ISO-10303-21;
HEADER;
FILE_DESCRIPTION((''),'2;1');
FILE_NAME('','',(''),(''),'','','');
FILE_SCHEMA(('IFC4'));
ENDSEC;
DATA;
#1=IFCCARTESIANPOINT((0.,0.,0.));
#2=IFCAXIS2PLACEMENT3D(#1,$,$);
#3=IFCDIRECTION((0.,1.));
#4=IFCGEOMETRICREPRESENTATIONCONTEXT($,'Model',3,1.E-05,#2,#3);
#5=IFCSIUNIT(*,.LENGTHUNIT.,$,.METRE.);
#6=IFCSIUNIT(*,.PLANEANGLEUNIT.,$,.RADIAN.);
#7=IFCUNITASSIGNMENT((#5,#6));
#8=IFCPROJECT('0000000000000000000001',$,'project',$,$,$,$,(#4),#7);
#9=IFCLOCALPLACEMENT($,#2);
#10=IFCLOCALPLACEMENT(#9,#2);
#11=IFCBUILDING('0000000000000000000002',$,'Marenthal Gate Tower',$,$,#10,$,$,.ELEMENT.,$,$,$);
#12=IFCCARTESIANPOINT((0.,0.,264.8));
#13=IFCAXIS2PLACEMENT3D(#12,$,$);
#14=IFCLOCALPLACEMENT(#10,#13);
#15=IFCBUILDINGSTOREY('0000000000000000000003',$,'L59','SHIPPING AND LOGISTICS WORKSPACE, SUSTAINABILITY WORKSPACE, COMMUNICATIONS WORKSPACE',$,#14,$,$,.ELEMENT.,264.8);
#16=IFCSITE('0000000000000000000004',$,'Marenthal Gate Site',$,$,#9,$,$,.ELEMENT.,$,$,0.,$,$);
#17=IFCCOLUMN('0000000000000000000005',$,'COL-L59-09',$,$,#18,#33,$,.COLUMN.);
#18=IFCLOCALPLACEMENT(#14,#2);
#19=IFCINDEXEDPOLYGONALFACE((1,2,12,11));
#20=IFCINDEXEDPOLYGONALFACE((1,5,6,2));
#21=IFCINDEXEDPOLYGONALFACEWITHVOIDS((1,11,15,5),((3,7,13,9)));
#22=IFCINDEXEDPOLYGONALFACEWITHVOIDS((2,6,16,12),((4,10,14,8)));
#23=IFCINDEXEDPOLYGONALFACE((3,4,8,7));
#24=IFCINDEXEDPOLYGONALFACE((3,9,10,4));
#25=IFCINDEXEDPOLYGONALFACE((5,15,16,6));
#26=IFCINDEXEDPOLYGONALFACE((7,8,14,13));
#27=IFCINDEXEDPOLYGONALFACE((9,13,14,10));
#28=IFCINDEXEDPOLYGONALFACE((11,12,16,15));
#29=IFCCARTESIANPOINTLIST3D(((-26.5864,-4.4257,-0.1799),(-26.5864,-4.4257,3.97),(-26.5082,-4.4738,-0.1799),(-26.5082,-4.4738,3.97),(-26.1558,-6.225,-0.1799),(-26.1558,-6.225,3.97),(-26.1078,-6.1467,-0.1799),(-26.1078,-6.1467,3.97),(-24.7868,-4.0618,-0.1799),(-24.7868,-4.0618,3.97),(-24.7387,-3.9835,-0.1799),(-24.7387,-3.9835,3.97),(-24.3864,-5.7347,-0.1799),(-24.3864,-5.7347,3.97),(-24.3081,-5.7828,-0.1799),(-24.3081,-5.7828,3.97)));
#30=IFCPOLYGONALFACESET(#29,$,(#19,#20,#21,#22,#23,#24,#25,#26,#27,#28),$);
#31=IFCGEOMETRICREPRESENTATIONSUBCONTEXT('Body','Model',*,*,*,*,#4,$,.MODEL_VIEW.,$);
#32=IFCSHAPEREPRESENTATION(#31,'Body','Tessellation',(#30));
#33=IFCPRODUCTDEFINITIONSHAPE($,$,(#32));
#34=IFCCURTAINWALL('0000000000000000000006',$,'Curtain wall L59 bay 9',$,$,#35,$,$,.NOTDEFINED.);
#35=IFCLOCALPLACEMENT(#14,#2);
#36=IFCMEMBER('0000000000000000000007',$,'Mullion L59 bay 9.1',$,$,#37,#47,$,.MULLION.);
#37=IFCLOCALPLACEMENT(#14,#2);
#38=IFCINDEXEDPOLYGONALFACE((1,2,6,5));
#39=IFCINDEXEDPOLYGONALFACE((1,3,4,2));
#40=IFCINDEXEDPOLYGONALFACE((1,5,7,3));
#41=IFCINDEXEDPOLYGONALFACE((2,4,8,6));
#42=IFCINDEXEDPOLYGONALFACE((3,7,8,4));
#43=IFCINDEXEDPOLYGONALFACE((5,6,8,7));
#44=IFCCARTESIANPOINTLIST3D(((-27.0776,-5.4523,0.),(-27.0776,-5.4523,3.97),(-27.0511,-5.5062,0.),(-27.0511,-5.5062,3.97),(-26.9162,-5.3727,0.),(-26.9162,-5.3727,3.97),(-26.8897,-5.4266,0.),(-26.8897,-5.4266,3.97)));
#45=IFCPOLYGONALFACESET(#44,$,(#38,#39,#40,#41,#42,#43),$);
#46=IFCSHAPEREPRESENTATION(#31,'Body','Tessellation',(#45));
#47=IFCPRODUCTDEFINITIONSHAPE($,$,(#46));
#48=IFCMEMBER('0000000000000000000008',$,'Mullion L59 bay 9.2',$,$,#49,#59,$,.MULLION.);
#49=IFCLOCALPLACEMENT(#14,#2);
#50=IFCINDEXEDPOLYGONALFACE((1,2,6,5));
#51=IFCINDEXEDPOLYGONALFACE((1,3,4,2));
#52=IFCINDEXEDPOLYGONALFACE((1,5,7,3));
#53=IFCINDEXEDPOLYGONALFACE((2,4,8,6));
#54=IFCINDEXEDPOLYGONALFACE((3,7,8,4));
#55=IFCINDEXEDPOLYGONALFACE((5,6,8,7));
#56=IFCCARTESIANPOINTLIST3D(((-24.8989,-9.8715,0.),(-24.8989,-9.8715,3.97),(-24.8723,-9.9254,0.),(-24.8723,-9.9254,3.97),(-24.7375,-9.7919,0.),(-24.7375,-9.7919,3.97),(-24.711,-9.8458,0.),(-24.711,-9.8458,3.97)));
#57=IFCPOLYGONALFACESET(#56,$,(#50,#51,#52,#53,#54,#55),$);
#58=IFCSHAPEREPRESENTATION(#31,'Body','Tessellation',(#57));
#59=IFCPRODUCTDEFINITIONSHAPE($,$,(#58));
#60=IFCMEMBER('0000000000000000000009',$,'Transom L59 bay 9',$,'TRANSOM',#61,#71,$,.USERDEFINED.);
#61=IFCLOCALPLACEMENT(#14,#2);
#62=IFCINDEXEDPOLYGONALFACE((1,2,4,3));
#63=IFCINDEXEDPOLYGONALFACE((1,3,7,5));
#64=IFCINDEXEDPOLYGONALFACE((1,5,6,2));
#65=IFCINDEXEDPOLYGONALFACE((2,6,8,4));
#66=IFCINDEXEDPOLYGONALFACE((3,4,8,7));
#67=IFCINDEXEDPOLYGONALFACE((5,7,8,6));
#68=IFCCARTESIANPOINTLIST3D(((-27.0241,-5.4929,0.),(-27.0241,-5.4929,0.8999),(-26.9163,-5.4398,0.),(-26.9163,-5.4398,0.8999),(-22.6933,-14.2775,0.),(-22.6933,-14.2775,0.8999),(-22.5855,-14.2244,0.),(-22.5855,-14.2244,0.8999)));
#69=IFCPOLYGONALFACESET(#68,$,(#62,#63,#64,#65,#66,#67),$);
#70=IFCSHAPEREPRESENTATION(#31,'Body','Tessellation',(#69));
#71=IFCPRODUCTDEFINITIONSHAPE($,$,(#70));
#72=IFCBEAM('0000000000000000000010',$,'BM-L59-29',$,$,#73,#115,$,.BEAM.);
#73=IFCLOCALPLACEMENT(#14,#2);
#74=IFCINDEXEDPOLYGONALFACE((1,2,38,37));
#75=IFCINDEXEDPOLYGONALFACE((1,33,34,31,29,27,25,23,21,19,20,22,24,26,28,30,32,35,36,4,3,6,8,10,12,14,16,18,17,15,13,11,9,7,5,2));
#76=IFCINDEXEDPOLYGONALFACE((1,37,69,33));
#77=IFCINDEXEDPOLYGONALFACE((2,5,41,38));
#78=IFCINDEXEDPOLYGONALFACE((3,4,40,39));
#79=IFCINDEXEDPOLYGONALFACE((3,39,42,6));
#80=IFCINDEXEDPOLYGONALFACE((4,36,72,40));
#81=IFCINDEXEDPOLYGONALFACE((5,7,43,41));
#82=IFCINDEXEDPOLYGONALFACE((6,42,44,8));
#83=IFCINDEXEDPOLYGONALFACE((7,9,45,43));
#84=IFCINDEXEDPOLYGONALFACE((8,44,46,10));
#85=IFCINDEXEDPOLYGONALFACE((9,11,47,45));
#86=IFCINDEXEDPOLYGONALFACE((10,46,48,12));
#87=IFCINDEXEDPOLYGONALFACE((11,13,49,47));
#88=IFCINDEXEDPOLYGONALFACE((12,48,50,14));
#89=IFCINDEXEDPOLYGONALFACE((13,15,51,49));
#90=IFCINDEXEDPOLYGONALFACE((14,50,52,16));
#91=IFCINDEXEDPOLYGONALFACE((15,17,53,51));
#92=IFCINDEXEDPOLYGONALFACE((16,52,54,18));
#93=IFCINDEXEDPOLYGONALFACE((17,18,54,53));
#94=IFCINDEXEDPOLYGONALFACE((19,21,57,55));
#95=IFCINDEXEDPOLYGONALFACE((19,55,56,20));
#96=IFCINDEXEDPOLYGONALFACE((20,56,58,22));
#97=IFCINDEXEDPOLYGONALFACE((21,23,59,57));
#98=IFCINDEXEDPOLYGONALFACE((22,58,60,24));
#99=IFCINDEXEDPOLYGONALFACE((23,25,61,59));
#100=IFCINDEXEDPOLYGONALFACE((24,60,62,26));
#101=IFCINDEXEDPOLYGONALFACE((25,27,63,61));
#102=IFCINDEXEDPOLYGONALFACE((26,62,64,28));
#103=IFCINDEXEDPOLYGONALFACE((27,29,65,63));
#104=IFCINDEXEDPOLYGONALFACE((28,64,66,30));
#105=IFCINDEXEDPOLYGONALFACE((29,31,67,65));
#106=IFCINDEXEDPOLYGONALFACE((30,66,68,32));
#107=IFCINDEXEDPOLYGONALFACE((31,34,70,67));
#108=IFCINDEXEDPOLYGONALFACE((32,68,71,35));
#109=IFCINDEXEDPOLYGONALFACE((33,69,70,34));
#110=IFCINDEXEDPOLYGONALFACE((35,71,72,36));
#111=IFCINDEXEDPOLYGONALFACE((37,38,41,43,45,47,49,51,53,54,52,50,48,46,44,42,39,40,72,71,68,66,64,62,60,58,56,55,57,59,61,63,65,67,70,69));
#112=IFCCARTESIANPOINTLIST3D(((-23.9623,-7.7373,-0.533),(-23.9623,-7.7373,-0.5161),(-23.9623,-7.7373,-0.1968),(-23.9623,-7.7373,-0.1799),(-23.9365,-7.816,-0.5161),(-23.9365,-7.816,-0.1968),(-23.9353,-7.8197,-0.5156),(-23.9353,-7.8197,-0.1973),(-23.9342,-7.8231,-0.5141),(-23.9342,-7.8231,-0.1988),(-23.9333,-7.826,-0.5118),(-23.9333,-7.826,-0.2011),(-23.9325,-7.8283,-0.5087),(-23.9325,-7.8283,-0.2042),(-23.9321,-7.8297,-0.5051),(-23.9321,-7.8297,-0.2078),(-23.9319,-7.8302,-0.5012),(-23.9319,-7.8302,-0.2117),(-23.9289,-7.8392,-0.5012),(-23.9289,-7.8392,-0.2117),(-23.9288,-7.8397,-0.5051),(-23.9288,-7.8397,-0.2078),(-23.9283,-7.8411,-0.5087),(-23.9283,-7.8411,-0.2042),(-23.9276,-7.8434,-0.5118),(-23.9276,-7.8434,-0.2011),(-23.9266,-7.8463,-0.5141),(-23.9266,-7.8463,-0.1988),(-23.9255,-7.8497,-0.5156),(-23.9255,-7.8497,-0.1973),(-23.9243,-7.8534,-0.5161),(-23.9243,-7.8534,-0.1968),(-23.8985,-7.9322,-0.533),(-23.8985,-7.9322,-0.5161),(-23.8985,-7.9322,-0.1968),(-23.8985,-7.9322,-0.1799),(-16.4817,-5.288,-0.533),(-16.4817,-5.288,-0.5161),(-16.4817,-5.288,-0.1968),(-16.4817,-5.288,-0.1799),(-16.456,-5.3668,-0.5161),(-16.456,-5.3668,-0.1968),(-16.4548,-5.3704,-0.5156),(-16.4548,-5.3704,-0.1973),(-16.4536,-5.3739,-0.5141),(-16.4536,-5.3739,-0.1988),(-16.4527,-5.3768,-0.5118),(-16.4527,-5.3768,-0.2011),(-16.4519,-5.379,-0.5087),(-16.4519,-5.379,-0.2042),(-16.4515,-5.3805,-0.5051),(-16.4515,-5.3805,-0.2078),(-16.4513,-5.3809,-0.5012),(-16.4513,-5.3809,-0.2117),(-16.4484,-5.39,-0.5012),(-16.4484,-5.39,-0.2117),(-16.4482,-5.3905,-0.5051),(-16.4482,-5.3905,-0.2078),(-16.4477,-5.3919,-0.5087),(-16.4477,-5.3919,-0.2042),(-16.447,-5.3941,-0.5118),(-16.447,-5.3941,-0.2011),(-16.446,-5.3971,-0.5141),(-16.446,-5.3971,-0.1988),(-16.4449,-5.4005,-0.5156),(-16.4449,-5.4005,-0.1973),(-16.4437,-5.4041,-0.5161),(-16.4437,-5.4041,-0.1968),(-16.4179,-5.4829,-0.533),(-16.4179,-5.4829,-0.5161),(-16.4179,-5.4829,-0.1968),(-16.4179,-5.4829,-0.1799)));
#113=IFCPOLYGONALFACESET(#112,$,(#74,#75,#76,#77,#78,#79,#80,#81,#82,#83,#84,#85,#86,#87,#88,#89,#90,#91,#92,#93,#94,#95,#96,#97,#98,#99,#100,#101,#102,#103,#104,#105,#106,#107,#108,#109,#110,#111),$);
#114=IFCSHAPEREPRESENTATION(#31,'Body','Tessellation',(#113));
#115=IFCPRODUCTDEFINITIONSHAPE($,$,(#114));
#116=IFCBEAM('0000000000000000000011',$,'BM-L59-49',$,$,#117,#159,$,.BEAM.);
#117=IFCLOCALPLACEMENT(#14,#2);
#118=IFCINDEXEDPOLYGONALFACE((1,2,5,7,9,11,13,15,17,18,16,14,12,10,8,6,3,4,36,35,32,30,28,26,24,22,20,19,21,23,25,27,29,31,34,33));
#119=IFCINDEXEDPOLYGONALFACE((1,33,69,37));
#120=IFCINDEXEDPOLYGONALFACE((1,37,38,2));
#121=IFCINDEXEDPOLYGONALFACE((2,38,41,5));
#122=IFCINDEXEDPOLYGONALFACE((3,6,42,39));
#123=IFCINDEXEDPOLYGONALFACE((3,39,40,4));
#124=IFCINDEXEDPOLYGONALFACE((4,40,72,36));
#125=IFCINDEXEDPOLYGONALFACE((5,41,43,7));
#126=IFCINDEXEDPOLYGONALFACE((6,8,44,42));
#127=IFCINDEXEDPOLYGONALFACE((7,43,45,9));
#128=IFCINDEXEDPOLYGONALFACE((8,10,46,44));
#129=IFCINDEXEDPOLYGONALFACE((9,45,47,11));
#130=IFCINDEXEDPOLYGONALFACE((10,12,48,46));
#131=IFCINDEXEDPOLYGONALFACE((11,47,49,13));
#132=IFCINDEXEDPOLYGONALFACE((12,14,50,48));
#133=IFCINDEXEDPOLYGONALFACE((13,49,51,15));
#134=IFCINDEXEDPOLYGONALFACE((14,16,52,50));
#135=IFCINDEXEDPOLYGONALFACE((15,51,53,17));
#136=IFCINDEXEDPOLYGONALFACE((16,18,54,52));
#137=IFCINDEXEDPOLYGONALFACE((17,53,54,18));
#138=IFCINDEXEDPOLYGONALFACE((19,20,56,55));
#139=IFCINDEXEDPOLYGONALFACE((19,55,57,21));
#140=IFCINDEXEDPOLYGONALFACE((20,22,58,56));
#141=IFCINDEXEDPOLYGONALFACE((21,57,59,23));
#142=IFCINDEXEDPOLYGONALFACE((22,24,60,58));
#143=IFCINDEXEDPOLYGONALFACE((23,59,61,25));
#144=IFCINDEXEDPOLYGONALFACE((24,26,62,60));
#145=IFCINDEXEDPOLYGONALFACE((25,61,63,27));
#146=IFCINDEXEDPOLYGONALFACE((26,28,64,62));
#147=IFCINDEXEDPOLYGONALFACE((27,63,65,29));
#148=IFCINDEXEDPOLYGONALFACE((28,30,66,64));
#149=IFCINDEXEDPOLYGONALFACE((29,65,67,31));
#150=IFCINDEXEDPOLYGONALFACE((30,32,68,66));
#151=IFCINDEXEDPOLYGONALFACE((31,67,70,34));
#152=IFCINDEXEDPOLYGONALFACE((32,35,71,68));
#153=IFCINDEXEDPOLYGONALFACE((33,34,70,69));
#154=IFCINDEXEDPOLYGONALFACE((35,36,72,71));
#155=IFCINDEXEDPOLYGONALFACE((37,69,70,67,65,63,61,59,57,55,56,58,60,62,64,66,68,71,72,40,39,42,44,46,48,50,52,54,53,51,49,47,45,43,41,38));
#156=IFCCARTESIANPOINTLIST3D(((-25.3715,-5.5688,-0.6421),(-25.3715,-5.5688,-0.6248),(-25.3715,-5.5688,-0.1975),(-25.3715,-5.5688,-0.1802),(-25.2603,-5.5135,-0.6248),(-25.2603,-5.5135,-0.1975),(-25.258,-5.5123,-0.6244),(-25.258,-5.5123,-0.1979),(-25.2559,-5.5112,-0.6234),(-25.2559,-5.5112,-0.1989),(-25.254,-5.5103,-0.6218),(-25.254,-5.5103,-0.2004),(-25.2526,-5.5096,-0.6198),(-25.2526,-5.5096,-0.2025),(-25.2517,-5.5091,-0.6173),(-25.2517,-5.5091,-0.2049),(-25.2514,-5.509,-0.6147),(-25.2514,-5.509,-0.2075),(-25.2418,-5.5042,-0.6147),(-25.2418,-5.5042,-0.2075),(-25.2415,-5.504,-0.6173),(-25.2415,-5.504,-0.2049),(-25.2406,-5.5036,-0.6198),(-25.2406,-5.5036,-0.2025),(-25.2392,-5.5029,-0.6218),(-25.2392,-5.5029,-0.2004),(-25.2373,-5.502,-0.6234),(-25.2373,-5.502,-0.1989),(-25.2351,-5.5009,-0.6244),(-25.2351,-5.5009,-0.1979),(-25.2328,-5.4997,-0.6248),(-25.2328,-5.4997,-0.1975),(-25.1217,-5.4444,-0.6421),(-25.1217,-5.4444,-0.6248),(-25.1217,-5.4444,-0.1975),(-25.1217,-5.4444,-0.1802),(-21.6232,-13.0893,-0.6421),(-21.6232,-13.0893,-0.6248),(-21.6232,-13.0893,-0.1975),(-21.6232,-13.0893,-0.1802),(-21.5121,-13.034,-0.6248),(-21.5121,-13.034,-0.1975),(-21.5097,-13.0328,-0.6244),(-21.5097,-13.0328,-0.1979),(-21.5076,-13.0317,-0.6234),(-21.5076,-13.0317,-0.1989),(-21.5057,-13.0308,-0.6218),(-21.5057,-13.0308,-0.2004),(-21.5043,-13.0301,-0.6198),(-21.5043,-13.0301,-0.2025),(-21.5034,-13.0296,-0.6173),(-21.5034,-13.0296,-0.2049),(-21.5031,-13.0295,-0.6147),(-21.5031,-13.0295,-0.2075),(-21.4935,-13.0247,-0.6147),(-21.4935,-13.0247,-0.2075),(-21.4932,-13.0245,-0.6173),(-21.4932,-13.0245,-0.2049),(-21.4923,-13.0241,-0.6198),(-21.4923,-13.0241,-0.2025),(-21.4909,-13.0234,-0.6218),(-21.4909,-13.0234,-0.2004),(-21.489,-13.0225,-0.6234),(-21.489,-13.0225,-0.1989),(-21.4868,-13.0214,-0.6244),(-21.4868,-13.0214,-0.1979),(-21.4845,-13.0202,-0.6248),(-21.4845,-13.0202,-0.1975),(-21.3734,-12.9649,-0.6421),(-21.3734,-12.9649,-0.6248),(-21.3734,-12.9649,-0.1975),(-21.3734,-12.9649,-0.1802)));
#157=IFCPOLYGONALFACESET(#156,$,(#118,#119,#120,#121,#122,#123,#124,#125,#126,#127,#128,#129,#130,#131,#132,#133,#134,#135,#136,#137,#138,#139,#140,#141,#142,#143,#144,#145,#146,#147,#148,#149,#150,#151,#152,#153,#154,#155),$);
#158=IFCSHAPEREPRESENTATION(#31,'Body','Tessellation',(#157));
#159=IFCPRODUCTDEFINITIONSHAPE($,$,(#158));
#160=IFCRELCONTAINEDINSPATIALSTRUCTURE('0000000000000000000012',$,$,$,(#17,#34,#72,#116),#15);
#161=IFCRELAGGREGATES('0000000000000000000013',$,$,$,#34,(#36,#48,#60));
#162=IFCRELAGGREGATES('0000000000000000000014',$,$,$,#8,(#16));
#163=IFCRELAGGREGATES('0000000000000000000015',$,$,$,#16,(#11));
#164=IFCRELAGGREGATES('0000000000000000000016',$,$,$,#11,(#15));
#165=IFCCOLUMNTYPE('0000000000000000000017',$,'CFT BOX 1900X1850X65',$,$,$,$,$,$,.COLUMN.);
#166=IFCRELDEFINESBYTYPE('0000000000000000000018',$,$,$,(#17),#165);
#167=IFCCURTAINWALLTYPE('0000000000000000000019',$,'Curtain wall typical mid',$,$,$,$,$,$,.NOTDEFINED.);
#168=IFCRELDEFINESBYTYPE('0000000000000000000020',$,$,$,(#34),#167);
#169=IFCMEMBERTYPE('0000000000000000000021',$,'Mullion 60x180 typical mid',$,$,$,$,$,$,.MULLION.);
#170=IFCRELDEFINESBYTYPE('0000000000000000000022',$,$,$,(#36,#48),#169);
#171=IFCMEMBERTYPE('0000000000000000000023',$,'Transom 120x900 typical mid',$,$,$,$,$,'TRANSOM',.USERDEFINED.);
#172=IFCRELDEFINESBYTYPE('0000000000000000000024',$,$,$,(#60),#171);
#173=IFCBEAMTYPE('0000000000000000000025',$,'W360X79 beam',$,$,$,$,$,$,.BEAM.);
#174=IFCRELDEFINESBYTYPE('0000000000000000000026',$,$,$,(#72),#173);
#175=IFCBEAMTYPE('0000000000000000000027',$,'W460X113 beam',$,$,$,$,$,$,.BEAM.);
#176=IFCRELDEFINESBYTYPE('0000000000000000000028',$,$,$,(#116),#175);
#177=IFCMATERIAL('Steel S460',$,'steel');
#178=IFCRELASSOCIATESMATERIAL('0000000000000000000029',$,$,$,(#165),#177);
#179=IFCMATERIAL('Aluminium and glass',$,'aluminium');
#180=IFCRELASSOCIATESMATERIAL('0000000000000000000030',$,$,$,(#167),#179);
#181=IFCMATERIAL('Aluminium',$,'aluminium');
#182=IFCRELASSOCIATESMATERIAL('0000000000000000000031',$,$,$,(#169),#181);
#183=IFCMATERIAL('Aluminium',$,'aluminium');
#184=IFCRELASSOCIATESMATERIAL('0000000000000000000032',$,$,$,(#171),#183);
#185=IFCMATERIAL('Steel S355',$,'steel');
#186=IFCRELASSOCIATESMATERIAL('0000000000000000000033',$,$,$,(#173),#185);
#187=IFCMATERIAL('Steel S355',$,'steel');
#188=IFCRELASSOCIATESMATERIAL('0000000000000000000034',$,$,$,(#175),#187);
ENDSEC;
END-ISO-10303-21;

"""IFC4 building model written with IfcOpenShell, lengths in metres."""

from ifc_helpers import new_model, si_unit, direction, frame, origin, origin_2d, place, context, subcontext, project, spatial, rectangle, hollow_rectangle, i_section, extrude, material, material_profile, profile_set, type_object, element, aggregate, save


model = new_model("IFC4")

# Units and contexts
model_context = context("Model", 3, precision=1e-05, world=origin(), true_north=direction((0.0, 1.0)))
body_context = subcontext(model_context, "Body", "Model", "MODEL_VIEW")
ifc_project = project(units=[si_unit("LENGTHUNIT", "METRE"), si_unit("PLANEANGLEUNIT", "RADIAN")], contexts=[model_context])

# Site, building, storey
site_placement = place(None, origin())
site = spatial("IfcSite", under=ifc_project, at=site_placement, Name="Marenthal Gate Site", CompositionType="ELEMENT", RefElevation=0.0)
building_placement = place(site_placement, origin())
building = spatial("IfcBuilding", under=site, at=building_placement, Name="Marenthal Gate Tower", CompositionType="ELEMENT")
storey_placement = place(building_placement, frame((0.0, 0.0, 264.8)))
storey = spatial("IfcBuildingStorey", under=building, at=storey_placement, Name="L59", Description="SHIPPING AND LOGISTICS WORKSPACE, SUSTAINABILITY WORKSPACE, COMMUNICATIONS WORKSPACE", CompositionType="ELEMENT", Elevation=264.8)

# Column
ifc_material_1 = material(Name="Steel S460", Category="steel")
ifc_material_profile_1 = material_profile(ifc_material_1, hollow_rectangle(XDim=1.8501, YDim=1.8999, WallThickness=0.0649, at=origin_2d()), Name="CFT BOX 1900X1850X65")
ifc_material_2 = material(Name="Concrete 70 MPa", Category="concrete")
ifc_material_profile_2 = material_profile(ifc_material_2, rectangle(XDim=1.72, YDim=1.77, at=origin_2d()), Name="CFT BOX 1900X1850X65 INFILL")
ifc_profile_set_1 = profile_set([ifc_material_profile_1, ifc_material_profile_2], Name="Steel S460 shell, Concrete 70 MPa infill")
column_type = type_object("IfcColumnType", Name="CFT BOX 1900X1850X65", PredefinedType="COLUMN", material=ifc_profile_set_1)
column_placement = place(storey_placement, frame((-25.4473, -5.1042, -0.1799), z_axis=(0.0, 0.0, 1.0), x_axis=(-0.23277, 0.972532, 0.0)))
element("IfcColumn", 1, at=column_placement, inside=storey, type_object=column_type, Name="COL-L59-09", PredefinedType="COLUMN", context=body_context, shape_type="SweptSolid", body=[
    extrude(hollow_rectangle(XDim=1.8501, YDim=1.8999, WallThickness=0.0649, at=origin_2d()), origin(), (0.0, 0.0, 1.0), 4.1499),
])

# Curtain wall, members
ifc_material_3 = material(Name="Aluminium and glass", Category="aluminium")
curtain_wall_type = type_object("IfcCurtainWallType", Name="Curtain wall typical mid", PredefinedType="NOTDEFINED", material=ifc_material_3)
curtain_wall_placement = place(storey_placement, origin())
curtain_wall = element("IfcCurtainWall", 2, at=curtain_wall_placement, inside=storey, type_object=curtain_wall_type, Name="Curtain wall L59 bay 9", PredefinedType="NOTDEFINED")
ifc_material_4 = material(Name="Aluminium", Category="aluminium")
ifc_material_profile_3 = material_profile(ifc_material_4, rectangle(XDim=0.1799, YDim=0.0601, at=origin_2d()), Name="60x180 aluminium mullion")
ifc_profile_set_2 = profile_set([ifc_material_profile_3], Name="Aluminium")
member_type_1 = type_object("IfcMemberType", Name="Mullion 60x180 typical mid", PredefinedType="MULLION", material=ifc_profile_set_2)
member_1_placement = place(storey_placement, frame((-26.9836, -5.4395, 0.0), z_axis=(0.0, 0.0, 1.0), x_axis=(0.896921, 0.442192, 0.0)))
member_1 = element("IfcMember", 3, at=member_1_placement, type_object=member_type_1, Name="Mullion L59 bay 9.1", PredefinedType="MULLION", context=body_context, shape_type="SweptSolid", body=[
    extrude(rectangle(XDim=0.1799, YDim=0.0601, at=origin_2d()), origin(), (0.0, 0.0, 1.0), 3.97),
])
member_2_placement = place(storey_placement, frame((-24.8049, -9.8586, 0.0), z_axis=(0.0, 0.0, 1.0), x_axis=(0.896921, 0.442192, 0.0)))
member_2 = element("IfcMember", 4, at=member_2_placement, type_object=member_type_1, Name="Mullion L59 bay 9.2", PredefinedType="MULLION", context=body_context, shape_type="SweptSolid", body=[
    extrude(rectangle(XDim=0.1799, YDim=0.0601, at=origin_2d()), origin(), (0.0, 0.0, 1.0), 3.97),
])
ifc_material_5 = material(Name="Aluminium", Category="aluminium")
ifc_material_profile_4 = material_profile(ifc_material_5, rectangle(XDim=0.1201, YDim=0.8999, at=origin_2d()), Name="120x900 aluminium transom")
ifc_profile_set_3 = profile_set([ifc_material_profile_4], Name="Aluminium")
member_type_2 = type_object("IfcMemberType", Name="Transom 120x900 typical mid", ElementType="TRANSOM", PredefinedType="USERDEFINED", material=ifc_profile_set_3)
member_3_placement = place(storey_placement, frame((-26.9702, -5.4663, 0.45), z_axis=(0.442181, -0.896926, 0.0), x_axis=(0.896926, 0.442181, 0.0)))
member_3 = element("IfcMember", 5, at=member_3_placement, type_object=member_type_2, Name="Transom L59 bay 9", ObjectType="TRANSOM", PredefinedType="USERDEFINED", context=body_context, shape_type="SweptSolid", body=[
    extrude(rectangle(XDim=0.1201, YDim=0.8999, at=origin_2d()), origin(), (0.0, 0.0, 1.0), 9.7942),
])

# Beams
ifc_material_6 = material(Name="Steel S355", Category="steel")
ifc_material_profile_5 = material_profile(ifc_material_6, i_section(OverallWidth=0.2051, OverallDepth=0.353, WebThickness=0.0095, FlangeThickness=0.0168, FilletRadius=0.0149, at=origin_2d()), Name="W360X79")
ifc_profile_set_4 = profile_set([ifc_material_profile_5], Name="Steel S355")
beam_type_1 = type_object("IfcBeamType", Name="W360X79 beam", PredefinedType="BEAM", material=ifc_profile_set_4)
beam_1_placement = place(storey_placement, frame((-23.9304, -7.8347, -0.3564), z_axis=(0.950357, 0.311161, 0.0), x_axis=(-0.311161, 0.950357, 0.0)))
element("IfcBeam", 6, at=beam_1_placement, inside=storey, type_object=beam_type_1, Name="BM-L59-29", PredefinedType="BEAM", context=body_context, shape_type="SweptSolid", body=[
    extrude(i_section(OverallWidth=0.2051, OverallDepth=0.353, WebThickness=0.0095, FlangeThickness=0.0168, FilletRadius=0.0149, at=origin_2d()), origin(), (0.0, 0.0, 1.0), 7.8713),
])
ifc_material_7 = material(Name="Steel S355", Category="steel")
ifc_material_profile_6 = material_profile(ifc_material_7, i_section(OverallWidth=0.2791, OverallDepth=0.4619, WebThickness=0.0107, FlangeThickness=0.0173, FilletRadius=0.01, at=origin_2d()), Name="W460X113")
ifc_profile_set_5 = profile_set([ifc_material_profile_6], Name="Steel S355")
beam_type_2 = type_object("IfcBeamType", Name="W460X113 beam", PredefinedType="BEAM", material=ifc_profile_set_5)
beam_2_placement = place(storey_placement, frame((-25.2466, -5.5066, -0.4111), z_axis=(0.446074, -0.894996, 0.0), x_axis=(0.894996, 0.446074, 0.0)))
element("IfcBeam", 7, at=beam_2_placement, inside=storey, type_object=beam_type_2, Name="BM-L59-49", PredefinedType="BEAM", context=body_context, shape_type="SweptSolid", body=[
    extrude(i_section(OverallWidth=0.2791, OverallDepth=0.4619, WebThickness=0.0107, FlangeThickness=0.0173, FilletRadius=0.01, at=origin_2d()), origin(), (0.0, 0.0, 1.0), 8.4028),
])

aggregate(curtain_wall, [member_1, member_2, member_3])

save(model, "model.ifc")
